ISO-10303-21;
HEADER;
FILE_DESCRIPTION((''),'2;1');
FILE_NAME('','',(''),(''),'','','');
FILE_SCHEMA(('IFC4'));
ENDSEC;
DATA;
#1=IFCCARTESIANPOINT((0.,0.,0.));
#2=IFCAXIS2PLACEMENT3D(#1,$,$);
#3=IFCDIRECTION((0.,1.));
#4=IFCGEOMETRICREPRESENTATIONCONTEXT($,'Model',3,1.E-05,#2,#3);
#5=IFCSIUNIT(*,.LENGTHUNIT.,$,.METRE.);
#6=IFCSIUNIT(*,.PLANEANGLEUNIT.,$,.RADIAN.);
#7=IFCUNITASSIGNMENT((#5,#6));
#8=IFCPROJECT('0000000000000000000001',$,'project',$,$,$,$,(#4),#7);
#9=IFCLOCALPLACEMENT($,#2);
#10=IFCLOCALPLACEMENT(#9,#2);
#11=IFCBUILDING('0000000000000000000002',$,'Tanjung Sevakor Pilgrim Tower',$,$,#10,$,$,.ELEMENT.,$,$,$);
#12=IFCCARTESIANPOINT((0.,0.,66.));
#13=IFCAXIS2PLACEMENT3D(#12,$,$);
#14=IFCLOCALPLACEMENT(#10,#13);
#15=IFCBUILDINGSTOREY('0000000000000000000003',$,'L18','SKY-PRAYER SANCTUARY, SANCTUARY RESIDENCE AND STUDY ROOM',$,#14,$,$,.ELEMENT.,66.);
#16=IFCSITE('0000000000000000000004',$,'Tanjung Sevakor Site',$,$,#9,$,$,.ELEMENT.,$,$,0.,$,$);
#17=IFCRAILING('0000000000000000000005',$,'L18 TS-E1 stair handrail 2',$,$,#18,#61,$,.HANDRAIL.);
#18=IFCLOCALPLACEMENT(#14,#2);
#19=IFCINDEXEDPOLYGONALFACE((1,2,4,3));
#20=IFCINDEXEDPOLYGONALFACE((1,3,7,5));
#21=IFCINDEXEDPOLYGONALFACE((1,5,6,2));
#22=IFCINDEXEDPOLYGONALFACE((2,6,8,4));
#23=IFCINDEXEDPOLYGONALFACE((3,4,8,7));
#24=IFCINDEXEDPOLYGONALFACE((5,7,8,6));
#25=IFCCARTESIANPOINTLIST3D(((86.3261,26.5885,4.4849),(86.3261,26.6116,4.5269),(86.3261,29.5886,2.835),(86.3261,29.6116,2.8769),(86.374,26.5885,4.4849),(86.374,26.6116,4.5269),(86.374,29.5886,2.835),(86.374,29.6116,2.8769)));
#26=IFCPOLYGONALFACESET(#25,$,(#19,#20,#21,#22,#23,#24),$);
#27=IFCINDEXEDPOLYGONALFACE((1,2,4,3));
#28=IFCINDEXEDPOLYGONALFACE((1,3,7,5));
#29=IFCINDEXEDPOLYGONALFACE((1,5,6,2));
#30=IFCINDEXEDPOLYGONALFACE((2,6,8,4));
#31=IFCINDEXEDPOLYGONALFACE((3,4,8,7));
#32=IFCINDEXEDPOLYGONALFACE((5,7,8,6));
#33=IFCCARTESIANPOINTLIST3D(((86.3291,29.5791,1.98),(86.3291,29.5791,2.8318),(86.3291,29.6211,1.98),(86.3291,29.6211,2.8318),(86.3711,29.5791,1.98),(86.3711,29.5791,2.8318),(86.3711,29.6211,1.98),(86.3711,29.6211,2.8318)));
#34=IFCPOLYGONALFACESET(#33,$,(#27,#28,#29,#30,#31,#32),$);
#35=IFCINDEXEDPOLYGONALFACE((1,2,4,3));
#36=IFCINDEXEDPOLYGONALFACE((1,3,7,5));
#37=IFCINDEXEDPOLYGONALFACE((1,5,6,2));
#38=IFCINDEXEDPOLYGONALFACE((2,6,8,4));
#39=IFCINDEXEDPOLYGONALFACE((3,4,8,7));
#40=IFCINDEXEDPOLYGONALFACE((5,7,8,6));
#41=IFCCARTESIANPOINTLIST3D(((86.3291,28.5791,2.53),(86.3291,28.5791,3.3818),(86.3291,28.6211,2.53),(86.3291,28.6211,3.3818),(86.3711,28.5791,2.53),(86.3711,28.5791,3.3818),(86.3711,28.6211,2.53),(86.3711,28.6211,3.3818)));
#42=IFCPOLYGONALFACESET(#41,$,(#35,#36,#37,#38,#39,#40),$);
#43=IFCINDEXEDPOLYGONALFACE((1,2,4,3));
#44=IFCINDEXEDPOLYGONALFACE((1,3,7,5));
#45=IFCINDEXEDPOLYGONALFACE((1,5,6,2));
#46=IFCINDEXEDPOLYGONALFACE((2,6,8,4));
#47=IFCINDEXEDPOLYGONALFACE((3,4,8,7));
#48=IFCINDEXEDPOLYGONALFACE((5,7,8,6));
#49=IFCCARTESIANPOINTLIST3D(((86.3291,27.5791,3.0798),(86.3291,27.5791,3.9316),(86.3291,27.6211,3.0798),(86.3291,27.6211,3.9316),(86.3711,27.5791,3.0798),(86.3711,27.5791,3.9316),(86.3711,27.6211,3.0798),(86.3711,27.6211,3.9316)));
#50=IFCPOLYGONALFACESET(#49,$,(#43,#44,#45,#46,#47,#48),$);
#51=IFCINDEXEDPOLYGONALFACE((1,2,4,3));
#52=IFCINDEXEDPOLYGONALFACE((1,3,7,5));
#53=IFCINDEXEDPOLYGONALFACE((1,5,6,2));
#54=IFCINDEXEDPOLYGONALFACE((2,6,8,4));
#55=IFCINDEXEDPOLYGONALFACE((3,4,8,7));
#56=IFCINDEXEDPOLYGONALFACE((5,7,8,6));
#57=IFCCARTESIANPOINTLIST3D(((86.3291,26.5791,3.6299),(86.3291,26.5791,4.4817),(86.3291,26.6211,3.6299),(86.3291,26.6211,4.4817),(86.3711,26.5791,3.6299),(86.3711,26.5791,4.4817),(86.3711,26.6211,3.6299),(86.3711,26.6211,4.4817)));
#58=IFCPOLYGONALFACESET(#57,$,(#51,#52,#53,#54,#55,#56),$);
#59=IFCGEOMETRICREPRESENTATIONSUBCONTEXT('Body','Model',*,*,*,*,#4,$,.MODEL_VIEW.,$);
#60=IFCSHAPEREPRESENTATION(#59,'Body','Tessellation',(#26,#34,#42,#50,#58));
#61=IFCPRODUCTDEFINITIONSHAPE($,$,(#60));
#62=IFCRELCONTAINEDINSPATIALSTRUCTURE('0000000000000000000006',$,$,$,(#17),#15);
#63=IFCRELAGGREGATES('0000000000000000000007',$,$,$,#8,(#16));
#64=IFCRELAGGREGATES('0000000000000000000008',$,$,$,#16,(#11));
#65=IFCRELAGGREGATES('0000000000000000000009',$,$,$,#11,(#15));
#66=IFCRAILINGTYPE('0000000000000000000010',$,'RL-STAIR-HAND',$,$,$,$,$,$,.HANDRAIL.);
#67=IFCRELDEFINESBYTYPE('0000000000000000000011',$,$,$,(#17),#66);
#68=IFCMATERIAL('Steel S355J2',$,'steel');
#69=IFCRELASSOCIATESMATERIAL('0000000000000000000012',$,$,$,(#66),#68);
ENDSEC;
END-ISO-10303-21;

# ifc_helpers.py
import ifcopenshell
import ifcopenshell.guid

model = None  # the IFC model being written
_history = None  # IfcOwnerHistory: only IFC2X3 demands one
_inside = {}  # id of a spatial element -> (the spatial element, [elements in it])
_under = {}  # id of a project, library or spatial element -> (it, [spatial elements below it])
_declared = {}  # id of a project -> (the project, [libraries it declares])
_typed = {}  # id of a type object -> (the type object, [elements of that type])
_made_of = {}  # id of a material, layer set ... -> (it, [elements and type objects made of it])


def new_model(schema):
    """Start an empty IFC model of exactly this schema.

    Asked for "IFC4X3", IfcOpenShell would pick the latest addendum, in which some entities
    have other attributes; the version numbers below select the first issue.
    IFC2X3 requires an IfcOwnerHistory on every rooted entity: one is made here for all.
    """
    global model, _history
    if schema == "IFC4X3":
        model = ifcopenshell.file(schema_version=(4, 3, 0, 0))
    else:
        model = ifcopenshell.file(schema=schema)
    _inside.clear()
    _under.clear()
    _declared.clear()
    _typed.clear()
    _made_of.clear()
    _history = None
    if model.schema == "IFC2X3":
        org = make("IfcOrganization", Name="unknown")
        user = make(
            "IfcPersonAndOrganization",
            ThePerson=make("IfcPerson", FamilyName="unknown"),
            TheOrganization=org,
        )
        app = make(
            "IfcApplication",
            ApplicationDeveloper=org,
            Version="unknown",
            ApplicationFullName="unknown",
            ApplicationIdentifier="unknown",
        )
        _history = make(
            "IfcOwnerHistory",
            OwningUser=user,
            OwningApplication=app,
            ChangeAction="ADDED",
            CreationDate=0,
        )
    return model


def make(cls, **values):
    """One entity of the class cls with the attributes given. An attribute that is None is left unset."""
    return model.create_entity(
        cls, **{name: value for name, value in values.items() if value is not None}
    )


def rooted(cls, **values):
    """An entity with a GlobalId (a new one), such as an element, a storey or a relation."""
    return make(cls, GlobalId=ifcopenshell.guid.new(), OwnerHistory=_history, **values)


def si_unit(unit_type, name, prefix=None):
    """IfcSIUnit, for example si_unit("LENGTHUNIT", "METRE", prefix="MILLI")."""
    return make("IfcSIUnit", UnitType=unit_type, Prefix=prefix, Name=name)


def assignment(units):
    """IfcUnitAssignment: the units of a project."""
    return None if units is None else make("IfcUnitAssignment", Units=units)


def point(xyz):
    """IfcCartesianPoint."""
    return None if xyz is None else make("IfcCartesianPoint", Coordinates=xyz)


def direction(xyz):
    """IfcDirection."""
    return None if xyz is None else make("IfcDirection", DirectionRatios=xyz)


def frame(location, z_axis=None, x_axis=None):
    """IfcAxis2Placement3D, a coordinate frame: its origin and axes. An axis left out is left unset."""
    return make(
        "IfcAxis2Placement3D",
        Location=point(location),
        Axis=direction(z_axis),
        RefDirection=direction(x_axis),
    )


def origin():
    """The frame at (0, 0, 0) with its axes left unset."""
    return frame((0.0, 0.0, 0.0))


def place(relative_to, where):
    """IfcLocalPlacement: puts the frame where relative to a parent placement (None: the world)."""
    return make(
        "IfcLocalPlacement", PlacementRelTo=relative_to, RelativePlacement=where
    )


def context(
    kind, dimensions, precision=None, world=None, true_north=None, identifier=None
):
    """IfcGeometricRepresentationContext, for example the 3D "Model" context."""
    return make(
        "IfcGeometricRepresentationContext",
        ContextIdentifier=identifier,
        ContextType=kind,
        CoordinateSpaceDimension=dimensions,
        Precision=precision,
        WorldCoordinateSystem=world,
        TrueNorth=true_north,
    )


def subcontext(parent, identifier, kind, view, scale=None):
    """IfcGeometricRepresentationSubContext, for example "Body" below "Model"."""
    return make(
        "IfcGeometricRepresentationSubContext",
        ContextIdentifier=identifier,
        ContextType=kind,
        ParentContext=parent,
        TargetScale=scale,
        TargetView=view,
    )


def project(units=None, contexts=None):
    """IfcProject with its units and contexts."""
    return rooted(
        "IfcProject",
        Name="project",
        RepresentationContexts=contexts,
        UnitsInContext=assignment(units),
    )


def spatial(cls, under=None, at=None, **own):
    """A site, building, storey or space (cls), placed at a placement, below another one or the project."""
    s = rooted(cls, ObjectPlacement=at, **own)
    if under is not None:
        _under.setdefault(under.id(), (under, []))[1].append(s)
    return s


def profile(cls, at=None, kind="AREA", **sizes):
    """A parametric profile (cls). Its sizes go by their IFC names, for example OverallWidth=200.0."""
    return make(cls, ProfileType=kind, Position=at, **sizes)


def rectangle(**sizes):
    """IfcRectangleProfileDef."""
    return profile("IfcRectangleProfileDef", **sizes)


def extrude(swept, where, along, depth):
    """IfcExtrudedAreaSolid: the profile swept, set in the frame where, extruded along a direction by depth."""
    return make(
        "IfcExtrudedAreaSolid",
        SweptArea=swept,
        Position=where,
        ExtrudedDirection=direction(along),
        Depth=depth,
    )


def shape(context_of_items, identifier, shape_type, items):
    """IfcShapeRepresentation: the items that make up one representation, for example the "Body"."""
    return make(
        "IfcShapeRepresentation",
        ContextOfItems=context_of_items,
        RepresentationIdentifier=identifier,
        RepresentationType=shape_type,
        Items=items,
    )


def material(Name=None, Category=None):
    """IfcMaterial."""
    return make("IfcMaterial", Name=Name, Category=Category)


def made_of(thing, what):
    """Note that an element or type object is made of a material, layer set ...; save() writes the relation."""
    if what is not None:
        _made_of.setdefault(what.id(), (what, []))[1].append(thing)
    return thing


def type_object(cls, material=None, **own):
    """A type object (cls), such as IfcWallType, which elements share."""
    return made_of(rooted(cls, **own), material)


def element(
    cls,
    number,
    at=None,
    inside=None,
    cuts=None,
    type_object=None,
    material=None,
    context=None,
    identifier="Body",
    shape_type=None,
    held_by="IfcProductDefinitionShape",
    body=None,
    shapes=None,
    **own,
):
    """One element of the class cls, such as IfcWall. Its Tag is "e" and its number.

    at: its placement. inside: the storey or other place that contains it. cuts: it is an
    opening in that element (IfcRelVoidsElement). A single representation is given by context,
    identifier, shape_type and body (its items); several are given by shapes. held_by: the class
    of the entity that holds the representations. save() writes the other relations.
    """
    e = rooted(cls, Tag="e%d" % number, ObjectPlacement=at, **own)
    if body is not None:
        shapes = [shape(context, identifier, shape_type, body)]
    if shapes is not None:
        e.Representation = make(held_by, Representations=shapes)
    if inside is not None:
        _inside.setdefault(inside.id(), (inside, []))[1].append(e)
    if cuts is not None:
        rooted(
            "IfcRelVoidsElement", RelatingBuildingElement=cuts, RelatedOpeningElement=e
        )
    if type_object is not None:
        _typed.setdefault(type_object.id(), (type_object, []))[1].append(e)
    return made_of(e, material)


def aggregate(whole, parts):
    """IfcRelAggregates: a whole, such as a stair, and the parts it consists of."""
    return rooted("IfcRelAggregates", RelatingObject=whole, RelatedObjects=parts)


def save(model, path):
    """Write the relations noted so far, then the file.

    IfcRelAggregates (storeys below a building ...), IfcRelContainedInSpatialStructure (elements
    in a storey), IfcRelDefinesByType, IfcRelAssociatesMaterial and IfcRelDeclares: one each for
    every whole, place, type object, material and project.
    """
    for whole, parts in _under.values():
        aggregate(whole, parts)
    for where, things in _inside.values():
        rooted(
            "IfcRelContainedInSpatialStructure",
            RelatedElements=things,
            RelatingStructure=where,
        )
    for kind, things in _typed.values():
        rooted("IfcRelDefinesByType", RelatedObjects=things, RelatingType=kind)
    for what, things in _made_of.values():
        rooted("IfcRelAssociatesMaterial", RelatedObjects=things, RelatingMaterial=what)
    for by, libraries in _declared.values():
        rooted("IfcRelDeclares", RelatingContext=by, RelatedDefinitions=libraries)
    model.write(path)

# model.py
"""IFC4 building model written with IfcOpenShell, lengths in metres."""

from ifc_helpers import new_model, si_unit, direction, frame, origin, place, context, subcontext, project, spatial, rectangle, extrude, material, type_object, element, save


model = new_model("IFC4")

# Units and contexts
model_context = context("Model", 3, precision=1e-05, world=origin(), true_north=direction((0.0, 1.0)))
body_context = subcontext(model_context, "Body", "Model", "MODEL_VIEW")
ifc_project = project(units=[si_unit("LENGTHUNIT", "METRE"), si_unit("PLANEANGLEUNIT", "RADIAN")], contexts=[model_context])

# Site, building, storey
site_placement = place(None, origin())
site = spatial("IfcSite", under=ifc_project, at=site_placement, Name="Tanjung Sevakor Site", CompositionType="ELEMENT", RefElevation=0.0)
building_placement = place(site_placement, origin())
building = spatial("IfcBuilding", under=site, at=building_placement, Name="Tanjung Sevakor Pilgrim Tower", CompositionType="ELEMENT")
storey_placement = place(building_placement, frame((0.0, 0.0, 66.0)))
storey = spatial("IfcBuildingStorey", under=building, at=storey_placement, Name="L18", Description="SKY-PRAYER SANCTUARY, SANCTUARY RESIDENCE AND STUDY ROOM", CompositionType="ELEMENT", Elevation=66.0)

# Railing
ifc_material_1 = material(Name="Steel S355J2", Category="steel")
railing_type_1 = type_object("IfcRailingType", Name="RL-STAIR-HAND", PredefinedType="HANDRAIL", material=ifc_material_1)
railing_1_placement = place(storey_placement, frame((86.3501, 29.6001, 1.98)))
element("IfcRailing", 1, at=railing_1_placement, inside=storey, type_object=railing_type_1, Name="L18 TS-E1 stair handrail 2", PredefinedType="HANDRAIL", context=body_context, shape_type="SweptSolid", body=[
    extrude(rectangle(XDim=0.0479, YDim=0.0479), frame((0.0, 0.0, 0.876), z_axis=(0.0, -0.876228, 0.481897), x_axis=(1.0, 0.0, 0.0)), (0.0, 0.0, 1.0), 3.4238),
    extrude(rectangle(XDim=0.042, YDim=0.042), origin(), (0.0, 0.0, 1.0), 0.8518),
    extrude(rectangle(XDim=0.042, YDim=0.042), frame((0.0, -1.0, 0.55)), (0.0, 0.0, 1.0), 0.8518),
    extrude(rectangle(XDim=0.042, YDim=0.042), frame((0.0, -2.0, 1.0999)), (0.0, 0.0, 1.0), 0.8518),
    extrude(rectangle(XDim=0.042, YDim=0.042), frame((0.0, -3.0, 1.6499)), (0.0, 0.0, 1.0), 0.8518),
])

save(model, "model.ifc")
